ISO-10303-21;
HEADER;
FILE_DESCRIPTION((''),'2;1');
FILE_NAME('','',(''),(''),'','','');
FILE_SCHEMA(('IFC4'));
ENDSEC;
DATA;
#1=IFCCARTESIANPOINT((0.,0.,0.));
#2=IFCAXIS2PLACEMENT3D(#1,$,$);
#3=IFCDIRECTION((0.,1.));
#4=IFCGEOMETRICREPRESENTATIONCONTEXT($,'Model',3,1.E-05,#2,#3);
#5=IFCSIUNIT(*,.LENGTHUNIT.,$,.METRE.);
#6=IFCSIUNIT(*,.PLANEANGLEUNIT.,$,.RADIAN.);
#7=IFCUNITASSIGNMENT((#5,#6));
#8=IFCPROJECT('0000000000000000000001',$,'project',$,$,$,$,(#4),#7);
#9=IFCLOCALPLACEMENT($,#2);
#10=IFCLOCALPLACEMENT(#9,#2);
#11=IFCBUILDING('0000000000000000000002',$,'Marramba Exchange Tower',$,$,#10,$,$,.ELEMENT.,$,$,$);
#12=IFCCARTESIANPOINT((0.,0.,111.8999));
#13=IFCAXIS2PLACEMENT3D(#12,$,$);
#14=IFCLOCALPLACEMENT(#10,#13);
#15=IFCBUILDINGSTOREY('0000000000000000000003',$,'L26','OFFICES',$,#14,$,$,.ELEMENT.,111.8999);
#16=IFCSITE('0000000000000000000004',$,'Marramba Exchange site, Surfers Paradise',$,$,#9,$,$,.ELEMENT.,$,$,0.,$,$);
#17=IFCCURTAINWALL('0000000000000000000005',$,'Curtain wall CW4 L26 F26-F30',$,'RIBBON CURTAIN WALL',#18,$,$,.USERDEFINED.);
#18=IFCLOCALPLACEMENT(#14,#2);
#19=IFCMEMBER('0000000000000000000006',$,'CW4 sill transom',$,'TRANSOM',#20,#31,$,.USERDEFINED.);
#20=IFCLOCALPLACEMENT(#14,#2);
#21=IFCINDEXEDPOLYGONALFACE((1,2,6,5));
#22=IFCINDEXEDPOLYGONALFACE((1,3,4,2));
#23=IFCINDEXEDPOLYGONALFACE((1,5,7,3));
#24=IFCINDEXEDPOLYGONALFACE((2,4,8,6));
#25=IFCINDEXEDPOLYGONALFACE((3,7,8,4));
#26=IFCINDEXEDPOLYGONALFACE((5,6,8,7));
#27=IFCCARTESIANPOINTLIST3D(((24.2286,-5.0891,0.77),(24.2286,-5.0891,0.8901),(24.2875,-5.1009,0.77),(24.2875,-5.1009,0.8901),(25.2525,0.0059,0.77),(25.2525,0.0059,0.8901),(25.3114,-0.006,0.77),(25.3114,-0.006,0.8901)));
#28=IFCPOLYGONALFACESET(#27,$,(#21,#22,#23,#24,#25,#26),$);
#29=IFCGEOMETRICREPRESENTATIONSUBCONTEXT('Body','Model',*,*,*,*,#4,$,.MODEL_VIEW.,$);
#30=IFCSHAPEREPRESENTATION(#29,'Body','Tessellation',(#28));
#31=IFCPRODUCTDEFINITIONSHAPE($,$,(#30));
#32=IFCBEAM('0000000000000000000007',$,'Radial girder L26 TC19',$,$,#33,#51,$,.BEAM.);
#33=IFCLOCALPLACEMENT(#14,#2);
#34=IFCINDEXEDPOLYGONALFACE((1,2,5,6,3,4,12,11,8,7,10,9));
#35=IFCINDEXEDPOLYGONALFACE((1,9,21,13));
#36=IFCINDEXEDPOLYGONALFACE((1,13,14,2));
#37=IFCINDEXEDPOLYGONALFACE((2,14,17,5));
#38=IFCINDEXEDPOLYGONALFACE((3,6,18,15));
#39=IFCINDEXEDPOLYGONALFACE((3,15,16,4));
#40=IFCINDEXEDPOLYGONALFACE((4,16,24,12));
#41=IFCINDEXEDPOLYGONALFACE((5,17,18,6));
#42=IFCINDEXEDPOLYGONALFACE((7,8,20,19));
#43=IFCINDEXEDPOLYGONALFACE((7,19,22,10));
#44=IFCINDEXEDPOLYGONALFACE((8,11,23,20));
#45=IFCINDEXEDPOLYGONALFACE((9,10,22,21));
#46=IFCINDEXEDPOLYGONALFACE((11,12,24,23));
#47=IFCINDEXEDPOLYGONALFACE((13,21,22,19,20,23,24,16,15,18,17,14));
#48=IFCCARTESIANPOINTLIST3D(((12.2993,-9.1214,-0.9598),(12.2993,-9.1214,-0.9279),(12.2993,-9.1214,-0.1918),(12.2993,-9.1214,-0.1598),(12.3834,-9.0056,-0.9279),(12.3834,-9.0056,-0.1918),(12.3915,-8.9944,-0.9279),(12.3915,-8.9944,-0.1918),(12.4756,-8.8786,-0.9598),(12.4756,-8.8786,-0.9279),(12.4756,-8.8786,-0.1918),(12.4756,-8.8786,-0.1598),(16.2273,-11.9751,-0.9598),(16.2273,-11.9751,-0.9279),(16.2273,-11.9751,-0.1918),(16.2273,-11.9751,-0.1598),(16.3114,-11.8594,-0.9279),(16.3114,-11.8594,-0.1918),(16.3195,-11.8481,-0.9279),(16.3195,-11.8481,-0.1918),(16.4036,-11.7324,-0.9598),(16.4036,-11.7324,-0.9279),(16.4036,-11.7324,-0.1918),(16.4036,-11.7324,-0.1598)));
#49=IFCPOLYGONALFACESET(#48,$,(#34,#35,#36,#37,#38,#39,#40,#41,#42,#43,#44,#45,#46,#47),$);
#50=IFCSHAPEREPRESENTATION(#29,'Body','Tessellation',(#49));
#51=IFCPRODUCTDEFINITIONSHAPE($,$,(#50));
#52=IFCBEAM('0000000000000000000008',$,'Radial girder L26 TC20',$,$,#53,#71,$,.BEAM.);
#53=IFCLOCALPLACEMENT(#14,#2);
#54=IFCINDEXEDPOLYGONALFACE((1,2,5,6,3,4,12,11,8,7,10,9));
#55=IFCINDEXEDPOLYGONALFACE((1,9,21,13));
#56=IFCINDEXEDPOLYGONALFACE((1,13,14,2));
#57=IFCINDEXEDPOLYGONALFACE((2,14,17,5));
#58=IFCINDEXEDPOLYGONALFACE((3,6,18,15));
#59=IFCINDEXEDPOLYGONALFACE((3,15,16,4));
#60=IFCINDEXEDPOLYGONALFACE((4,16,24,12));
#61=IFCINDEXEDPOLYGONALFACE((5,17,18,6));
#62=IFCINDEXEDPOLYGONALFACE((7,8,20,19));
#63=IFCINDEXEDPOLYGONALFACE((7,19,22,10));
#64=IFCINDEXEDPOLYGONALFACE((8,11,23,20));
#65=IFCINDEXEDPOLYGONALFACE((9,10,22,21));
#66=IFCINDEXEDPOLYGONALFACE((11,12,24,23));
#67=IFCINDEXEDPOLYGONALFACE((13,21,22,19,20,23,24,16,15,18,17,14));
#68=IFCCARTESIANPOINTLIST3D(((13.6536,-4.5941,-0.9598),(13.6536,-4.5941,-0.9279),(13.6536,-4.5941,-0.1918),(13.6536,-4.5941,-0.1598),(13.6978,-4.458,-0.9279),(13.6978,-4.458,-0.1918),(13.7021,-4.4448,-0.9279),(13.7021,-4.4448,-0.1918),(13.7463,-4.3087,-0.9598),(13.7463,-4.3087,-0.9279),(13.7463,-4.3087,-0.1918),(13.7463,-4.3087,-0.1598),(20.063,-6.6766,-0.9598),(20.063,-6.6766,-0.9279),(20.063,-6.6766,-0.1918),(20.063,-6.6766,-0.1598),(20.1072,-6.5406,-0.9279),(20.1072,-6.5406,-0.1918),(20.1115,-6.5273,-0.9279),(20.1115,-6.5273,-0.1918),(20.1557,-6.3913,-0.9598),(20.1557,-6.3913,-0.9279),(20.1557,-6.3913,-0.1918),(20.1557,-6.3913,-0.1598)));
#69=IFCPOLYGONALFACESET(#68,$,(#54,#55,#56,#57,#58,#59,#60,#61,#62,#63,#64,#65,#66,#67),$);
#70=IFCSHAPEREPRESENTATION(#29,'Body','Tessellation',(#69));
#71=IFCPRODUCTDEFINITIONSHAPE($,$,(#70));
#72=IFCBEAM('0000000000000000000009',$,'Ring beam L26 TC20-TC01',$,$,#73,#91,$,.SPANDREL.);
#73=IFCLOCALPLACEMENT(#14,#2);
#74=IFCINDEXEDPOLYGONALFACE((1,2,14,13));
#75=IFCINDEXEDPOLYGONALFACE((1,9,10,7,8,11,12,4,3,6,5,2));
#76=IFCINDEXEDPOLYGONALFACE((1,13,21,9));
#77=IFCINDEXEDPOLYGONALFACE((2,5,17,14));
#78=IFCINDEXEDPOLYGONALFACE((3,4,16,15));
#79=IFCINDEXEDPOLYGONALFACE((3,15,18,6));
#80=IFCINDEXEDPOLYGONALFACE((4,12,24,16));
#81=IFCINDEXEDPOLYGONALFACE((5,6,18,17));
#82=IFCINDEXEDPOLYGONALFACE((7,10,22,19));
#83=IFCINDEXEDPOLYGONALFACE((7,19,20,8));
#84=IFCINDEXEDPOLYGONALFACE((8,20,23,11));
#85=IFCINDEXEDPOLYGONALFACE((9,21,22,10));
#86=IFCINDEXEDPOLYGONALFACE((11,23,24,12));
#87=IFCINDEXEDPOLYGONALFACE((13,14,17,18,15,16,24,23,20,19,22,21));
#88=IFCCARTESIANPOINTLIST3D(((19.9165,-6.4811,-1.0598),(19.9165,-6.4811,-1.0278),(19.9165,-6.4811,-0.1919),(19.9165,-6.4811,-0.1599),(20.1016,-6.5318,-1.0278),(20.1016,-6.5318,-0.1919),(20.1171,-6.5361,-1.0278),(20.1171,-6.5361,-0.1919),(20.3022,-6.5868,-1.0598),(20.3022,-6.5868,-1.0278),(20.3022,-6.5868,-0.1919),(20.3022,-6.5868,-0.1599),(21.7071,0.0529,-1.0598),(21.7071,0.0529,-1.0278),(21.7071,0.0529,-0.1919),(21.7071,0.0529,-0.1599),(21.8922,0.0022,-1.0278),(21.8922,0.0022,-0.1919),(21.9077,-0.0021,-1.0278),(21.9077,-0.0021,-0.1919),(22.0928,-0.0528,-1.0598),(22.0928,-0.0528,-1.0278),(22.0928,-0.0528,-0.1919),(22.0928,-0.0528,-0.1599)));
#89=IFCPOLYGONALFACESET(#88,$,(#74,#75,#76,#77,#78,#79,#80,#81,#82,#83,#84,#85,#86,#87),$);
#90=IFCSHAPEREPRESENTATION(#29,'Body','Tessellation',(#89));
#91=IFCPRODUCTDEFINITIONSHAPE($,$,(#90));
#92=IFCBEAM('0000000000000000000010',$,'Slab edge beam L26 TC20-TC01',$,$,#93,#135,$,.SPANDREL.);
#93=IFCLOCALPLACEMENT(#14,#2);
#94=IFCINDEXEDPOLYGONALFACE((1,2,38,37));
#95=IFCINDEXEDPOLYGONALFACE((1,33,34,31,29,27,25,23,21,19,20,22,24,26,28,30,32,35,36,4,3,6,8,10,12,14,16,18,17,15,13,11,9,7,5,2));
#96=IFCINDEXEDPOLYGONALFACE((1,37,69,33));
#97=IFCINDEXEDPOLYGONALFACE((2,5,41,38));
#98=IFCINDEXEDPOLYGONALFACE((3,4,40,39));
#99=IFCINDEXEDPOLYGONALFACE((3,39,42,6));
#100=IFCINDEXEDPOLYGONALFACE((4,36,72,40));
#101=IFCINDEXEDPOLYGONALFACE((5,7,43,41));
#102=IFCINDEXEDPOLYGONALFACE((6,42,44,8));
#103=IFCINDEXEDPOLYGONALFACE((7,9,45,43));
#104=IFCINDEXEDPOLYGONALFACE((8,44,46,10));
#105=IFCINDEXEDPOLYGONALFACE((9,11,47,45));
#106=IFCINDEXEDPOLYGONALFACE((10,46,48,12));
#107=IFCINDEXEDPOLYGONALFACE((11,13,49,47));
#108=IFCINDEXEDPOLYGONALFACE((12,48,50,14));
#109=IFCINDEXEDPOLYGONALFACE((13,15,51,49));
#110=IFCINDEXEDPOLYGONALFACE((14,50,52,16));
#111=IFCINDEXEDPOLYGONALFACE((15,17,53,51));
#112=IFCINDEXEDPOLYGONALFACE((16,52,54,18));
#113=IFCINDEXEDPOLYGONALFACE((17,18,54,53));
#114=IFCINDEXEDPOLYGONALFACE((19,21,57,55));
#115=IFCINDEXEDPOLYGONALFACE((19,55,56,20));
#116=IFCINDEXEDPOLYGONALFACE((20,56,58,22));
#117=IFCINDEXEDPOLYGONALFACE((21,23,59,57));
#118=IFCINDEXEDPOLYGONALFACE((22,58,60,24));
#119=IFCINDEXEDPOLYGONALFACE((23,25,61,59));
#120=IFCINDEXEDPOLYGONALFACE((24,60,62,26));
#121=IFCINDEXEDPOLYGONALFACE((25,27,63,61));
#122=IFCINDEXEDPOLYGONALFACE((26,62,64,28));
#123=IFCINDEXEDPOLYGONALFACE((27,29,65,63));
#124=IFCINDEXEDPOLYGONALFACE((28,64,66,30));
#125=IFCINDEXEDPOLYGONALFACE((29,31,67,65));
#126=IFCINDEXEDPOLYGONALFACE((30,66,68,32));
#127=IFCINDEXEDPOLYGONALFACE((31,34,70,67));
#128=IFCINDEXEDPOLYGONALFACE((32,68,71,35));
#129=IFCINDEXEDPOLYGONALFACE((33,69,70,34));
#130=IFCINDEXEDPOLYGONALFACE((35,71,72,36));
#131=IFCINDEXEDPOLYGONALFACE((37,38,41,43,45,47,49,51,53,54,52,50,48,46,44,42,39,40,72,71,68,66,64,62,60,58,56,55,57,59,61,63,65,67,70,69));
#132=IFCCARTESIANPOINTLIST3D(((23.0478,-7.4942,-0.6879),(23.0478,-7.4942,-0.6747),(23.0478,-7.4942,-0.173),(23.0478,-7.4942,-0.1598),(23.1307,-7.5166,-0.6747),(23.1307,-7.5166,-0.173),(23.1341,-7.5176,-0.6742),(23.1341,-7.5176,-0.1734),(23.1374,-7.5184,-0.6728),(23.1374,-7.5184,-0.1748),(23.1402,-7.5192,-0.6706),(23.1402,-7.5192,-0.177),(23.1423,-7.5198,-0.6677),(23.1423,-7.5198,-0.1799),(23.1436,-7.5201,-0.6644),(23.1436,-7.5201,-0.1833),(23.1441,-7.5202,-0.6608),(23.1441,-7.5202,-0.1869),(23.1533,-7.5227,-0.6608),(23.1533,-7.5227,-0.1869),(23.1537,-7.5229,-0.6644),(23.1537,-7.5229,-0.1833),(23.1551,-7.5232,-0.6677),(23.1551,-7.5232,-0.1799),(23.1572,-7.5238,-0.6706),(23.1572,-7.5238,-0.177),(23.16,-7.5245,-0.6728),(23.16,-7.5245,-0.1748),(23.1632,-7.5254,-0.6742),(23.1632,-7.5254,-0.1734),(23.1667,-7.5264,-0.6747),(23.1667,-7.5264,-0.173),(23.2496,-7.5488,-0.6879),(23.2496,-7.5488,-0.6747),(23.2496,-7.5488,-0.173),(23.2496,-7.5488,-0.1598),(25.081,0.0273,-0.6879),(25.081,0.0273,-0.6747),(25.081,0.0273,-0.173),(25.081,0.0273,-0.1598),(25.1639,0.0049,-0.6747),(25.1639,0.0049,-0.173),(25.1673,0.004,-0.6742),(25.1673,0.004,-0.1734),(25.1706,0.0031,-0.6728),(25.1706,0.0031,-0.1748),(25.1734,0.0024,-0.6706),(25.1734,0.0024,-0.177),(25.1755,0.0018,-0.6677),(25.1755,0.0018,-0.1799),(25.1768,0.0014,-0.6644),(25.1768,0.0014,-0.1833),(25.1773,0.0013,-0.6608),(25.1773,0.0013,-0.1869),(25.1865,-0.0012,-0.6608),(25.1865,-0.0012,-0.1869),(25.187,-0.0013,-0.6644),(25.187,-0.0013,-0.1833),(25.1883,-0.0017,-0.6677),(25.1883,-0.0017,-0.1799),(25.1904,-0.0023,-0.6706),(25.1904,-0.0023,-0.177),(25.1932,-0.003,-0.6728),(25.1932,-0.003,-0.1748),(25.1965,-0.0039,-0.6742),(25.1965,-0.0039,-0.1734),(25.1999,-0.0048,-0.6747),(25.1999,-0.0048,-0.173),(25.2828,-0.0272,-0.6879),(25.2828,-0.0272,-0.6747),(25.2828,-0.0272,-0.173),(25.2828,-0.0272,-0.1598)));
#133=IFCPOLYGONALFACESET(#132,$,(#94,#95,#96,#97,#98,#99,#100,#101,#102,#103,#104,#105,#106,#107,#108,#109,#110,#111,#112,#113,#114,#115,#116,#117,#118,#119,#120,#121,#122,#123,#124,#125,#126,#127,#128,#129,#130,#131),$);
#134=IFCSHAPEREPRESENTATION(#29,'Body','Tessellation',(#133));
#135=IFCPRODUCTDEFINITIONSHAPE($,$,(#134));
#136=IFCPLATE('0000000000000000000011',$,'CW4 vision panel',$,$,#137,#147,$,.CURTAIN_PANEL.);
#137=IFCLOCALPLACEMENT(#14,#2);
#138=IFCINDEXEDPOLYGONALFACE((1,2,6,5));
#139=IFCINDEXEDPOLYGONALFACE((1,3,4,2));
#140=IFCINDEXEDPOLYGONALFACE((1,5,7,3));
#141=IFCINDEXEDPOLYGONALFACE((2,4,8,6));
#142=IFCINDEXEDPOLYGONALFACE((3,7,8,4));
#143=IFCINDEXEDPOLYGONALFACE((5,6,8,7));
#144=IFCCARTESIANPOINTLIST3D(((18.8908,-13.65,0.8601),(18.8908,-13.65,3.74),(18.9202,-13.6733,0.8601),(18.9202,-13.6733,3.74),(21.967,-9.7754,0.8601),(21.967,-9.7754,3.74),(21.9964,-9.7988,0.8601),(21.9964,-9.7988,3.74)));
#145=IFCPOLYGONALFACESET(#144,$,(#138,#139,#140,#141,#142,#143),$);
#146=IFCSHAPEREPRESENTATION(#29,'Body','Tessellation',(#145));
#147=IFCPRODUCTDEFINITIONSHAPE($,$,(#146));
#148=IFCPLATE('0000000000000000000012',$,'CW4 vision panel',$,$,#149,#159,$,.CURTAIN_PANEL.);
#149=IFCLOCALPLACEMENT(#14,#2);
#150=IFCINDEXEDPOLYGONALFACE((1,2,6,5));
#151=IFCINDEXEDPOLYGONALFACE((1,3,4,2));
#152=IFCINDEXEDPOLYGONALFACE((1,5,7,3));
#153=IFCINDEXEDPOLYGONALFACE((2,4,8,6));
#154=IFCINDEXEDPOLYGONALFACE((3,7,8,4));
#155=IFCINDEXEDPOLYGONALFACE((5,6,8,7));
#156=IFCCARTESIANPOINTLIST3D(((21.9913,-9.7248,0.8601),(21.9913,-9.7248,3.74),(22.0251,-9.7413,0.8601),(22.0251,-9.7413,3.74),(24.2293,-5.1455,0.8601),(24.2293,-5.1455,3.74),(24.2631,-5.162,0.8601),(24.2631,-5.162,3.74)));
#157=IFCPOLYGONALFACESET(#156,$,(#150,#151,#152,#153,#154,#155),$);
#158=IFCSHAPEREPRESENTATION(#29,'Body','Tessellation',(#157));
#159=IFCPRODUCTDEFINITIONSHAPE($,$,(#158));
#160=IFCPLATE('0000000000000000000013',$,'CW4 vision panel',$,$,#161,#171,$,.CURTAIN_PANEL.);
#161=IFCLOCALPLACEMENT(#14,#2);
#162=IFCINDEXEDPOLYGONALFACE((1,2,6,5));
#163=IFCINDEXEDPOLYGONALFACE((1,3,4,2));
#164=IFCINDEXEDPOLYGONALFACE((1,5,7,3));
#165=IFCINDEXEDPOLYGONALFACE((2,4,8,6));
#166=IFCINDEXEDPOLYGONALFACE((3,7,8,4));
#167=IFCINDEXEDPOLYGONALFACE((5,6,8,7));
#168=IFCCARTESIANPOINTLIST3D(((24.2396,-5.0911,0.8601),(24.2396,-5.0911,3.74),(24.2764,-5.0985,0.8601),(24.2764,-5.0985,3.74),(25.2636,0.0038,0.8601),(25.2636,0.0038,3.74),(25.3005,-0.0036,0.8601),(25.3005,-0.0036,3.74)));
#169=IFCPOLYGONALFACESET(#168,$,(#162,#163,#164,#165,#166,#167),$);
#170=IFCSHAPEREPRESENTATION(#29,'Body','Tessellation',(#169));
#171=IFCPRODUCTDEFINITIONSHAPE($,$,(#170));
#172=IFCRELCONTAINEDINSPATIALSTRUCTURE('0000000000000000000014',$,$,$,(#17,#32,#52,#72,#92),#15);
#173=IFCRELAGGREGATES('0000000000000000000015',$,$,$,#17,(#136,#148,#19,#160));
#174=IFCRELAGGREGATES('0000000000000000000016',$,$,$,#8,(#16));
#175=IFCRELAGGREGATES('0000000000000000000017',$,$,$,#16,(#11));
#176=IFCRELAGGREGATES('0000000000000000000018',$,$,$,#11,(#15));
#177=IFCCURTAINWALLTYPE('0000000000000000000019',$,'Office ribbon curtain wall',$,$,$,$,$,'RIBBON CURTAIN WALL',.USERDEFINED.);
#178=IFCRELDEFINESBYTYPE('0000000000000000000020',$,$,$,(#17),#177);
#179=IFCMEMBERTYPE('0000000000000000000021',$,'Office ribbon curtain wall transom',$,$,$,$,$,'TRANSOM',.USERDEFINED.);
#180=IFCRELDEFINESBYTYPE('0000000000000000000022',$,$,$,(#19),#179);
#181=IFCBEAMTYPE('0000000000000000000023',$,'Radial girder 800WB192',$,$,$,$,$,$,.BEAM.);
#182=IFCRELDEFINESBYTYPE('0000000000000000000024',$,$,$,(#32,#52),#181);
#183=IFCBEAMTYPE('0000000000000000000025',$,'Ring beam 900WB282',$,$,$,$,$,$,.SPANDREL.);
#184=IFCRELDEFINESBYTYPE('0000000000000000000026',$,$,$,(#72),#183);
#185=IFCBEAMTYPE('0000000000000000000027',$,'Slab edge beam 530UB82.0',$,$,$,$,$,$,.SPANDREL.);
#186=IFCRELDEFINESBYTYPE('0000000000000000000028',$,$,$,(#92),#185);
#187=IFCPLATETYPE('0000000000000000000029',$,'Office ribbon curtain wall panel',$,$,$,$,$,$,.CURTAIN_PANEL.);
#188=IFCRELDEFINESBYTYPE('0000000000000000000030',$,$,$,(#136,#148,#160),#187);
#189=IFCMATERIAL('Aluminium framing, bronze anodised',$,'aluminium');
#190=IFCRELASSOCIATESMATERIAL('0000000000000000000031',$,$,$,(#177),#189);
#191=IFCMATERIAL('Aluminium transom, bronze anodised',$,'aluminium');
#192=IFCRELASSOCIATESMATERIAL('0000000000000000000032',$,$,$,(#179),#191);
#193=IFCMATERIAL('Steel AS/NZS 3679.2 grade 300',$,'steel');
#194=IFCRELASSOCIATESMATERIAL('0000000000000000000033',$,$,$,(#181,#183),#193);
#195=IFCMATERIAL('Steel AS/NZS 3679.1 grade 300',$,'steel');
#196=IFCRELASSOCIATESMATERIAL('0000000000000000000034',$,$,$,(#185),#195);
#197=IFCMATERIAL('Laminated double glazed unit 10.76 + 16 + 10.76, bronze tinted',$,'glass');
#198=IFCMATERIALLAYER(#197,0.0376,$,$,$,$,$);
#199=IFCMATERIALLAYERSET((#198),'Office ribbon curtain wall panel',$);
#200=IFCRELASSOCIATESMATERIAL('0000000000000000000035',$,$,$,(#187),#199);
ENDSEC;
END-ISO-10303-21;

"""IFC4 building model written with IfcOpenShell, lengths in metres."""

from ifc_helpers import new_model, si_unit, direction, frame, origin, origin_2d, place, context, subcontext, project, spatial, rectangle, i_section, extrude, material, layer, layer_set, material_profile, profile_set, type_object, element, aggregate, save


model = new_model("IFC4")

# Units and contexts
model_context = context("Model", 3, precision=1e-05, world=origin(), true_north=direction((0.0, 1.0)))
body_context = subcontext(model_context, "Body", "Model", "MODEL_VIEW")
ifc_project = project(units=[si_unit("LENGTHUNIT", "METRE"), si_unit("PLANEANGLEUNIT", "RADIAN")], contexts=[model_context])

# Site, building, storey
site_placement = place(None, origin())
site = spatial("IfcSite", under=ifc_project, at=site_placement, Name="Marramba Exchange site, Surfers Paradise", CompositionType="ELEMENT", RefElevation=0.0)
building_placement = place(site_placement, origin())
building = spatial("IfcBuilding", under=site, at=building_placement, Name="Marramba Exchange Tower", CompositionType="ELEMENT")
storey_placement = place(building_placement, frame((0.0, 0.0, 111.8999)))
storey = spatial("IfcBuildingStorey", under=building, at=storey_placement, Name="L26", Description="OFFICES", CompositionType="ELEMENT", Elevation=111.8999)

# Shared definitions
ifc_material_1 = material(Name="Steel AS/NZS 3679.2 grade 300", Category="steel")
ifc_material_2 = material(Name="Steel AS/NZS 3679.1 grade 300", Category="steel")

# Curtain wall, member
ifc_material_3 = material(Name="Aluminium framing, bronze anodised", Category="aluminium")
curtain_wall_type = type_object("IfcCurtainWallType", Name="Office ribbon curtain wall", ElementType="RIBBON CURTAIN WALL", PredefinedType="USERDEFINED", material=ifc_material_3)
curtain_wall_placement = place(storey_placement, origin())
curtain_wall = element("IfcCurtainWall", 1, at=curtain_wall_placement, inside=storey, type_object=curtain_wall_type, Name="Curtain wall CW4 L26 F26-F30", ObjectType="RIBBON CURTAIN WALL", PredefinedType="USERDEFINED")
ifc_material_4 = material(Name="Aluminium transom, bronze anodised", Category="aluminium")
ifc_material_profile_1 = material_profile(ifc_material_4, rectangle(XDim=0.0601, YDim=0.1201, at=origin_2d()), Name="CW4 transom 60x120")
ifc_profile_set_1 = profile_set([ifc_material_profile_1], Name="Aluminium transom, bronze anodised")
member_type_1 = type_object("IfcMemberType", Name="Office ribbon curtain wall transom", ElementType="TRANSOM", PredefinedType="USERDEFINED", material=ifc_profile_set_1)
member_1_placement = place(storey_placement, frame((24.2581, -5.095, 0.8301), z_axis=(0.197029, 0.980398, 0.0), x_axis=(-0.980398, 0.197029, 0.0)))
member_1 = element("IfcMember", 2, at=member_1_placement, type_object=member_type_1, Name="CW4 sill transom", ObjectType="TRANSOM", PredefinedType="USERDEFINED", context=body_context, shape_type="SweptSolid", body=[
    extrude(rectangle(XDim=0.0601, YDim=0.1201, at=origin_2d()), origin(), (0.0, 0.0, 1.0), 5.1968),
])

# Beams
ifc_material_profile_2 = material_profile(ifc_material_1, i_section(OverallWidth=0.3, OverallDepth=0.8, WebThickness=0.0139, FlangeThickness=0.032, at=origin_2d()), Name="800WB192")
ifc_profile_set_2 = profile_set([ifc_material_profile_2], Name="Steel AS/NZS 3679.2 grade 300")
beam_type_1 = type_object("IfcBeamType", Name="Radial girder 800WB192", PredefinedType="BEAM", material=ifc_profile_set_2)
beam_1_placement = place(storey_placement, frame((12.3875, -9.0, -0.5598), z_axis=(0.809025, -0.587774, 0.0), x_axis=(0.587774, 0.809025, 0.0)))
element("IfcBeam", 3, at=beam_1_placement, inside=storey, type_object=beam_type_1, Name="Radial girder L26 TC19", PredefinedType="BEAM", context=body_context, shape_type="SweptSolid", body=[
    extrude(i_section(OverallWidth=0.3, OverallDepth=0.8, WebThickness=0.0139, FlangeThickness=0.032, at=origin_2d()), origin(), (0.0, 0.0, 1.0), 4.8552),
])
beam_2_placement = place(storey_placement, frame((13.7, -4.4514, -0.5598), z_axis=(0.951058, -0.309013, 0.0), x_axis=(0.309013, 0.951058, 0.0)))
element("IfcBeam", 4, at=beam_2_placement, inside=storey, type_object=beam_type_1, Name="Radial girder L26 TC20", PredefinedType="BEAM", context=body_context, shape_type="SweptSolid", body=[
    extrude(i_section(OverallWidth=0.3, OverallDepth=0.8, WebThickness=0.0139, FlangeThickness=0.032, at=origin_2d()), origin(), (0.0, 0.0, 1.0), 6.7393),
])
ifc_material_profile_3 = material_profile(ifc_material_1, i_section(OverallWidth=0.3999, OverallDepth=0.8999, WebThickness=0.0161, FlangeThickness=0.032, at=origin_2d()), Name="900WB282")
ifc_profile_set_3 = profile_set([ifc_material_profile_3], Name="Steel AS/NZS 3679.2 grade 300")
beam_type_2 = type_object("IfcBeamType", Name="Ring beam 900WB282", PredefinedType="SPANDREL", material=ifc_profile_set_3)
beam_3_placement = place(storey_placement, frame((20.1094, -6.5339, -0.6099), z_axis=(0.264291, 0.964443, 0.0), x_axis=(-0.964443, 0.264291, 0.0)))
element("IfcBeam", 5, at=beam_3_placement, inside=storey, type_object=beam_type_2, Name="Ring beam L26 TC20-TC01", PredefinedType="SPANDREL", context=body_context, shape_type="SweptSolid", body=[
    extrude(i_section(OverallWidth=0.3999, OverallDepth=0.8999, WebThickness=0.0161, FlangeThickness=0.032, at=origin_2d()), origin(), (0.0, 0.0, 1.0), 6.7749),
])
ifc_material_profile_4 = material_profile(ifc_material_2, i_section(OverallWidth=0.209, OverallDepth=0.5281, WebThickness=0.0095, FlangeThickness=0.0132, FilletRadius=0.0139, at=origin_2d()), Name="530UB82.0")
ifc_profile_set_4 = profile_set([ifc_material_profile_4], Name="Steel AS/NZS 3679.1 grade 300")
beam_type_3 = type_object("IfcBeamType", Name="Slab edge beam 530UB82.0", PredefinedType="SPANDREL", material=ifc_profile_set_4)
beam_4_placement = place(storey_placement, frame((23.1487, -7.5215, -0.4238), z_axis=(0.260953, 0.965351, 0.0), x_axis=(-0.965351, 0.260953, 0.0)))
element("IfcBeam", 6, at=beam_4_placement, inside=storey, type_object=beam_type_3, Name="Slab edge beam L26 TC20-TC01", PredefinedType="SPANDREL", context=body_context, shape_type="SweptSolid", body=[
    extrude(i_section(OverallWidth=0.209, OverallDepth=0.5281, WebThickness=0.0095, FlangeThickness=0.0132, FilletRadius=0.0139, at=origin_2d()), origin(), (0.0, 0.0, 1.0), 7.7915),
])

# Plates
ifc_material_5 = material(Name="Laminated double glazed unit 10.76 + 16 + 10.76, bronze tinted", Category="glass")
ifc_layer_1 = layer(ifc_material_5, 0.0376)
ifc_layer_set_1 = layer_set([ifc_layer_1], Name="Office ribbon curtain wall panel")
plate_type = type_object("IfcPlateType", Name="Office ribbon curtain wall panel", PredefinedType="CURTAIN_PANEL", material=ifc_layer_set_1)
plate_1_placement = place(storey_placement, frame((20.4436, -11.7244, 0.8601), z_axis=(0.0, 0.0, 1.0), x_axis=(0.621807, 0.78317, 0.0)))
plate_1 = element("IfcPlate", 7, at=plate_1_placement, type_object=plate_type, Name="CW4 vision panel", PredefinedType="CURTAIN_PANEL", context=body_context, shape_type="SweptSolid", body=[
    extrude(rectangle(XDim=4.9473, YDim=0.0376, at=origin_2d()), origin(), (0.0, 0.0, 1.0), 2.8799),
])
plate_2_placement = place(storey_placement, frame((23.1272, -7.4434, 0.8601), z_axis=(0.0, 0.0, 1.0), x_axis=(0.439086, 0.898445, 0.0)))
plate_2 = element("IfcPlate", 8, at=plate_2_placement, type_object=plate_type, Name="CW4 vision panel", PredefinedType="CURTAIN_PANEL", context=body_context, shape_type="SweptSolid", body=[
    extrude(rectangle(XDim=5.0969, YDim=0.0376, at=origin_2d()), origin(), (0.0, 0.0, 1.0), 2.8799),
])
plate_3_placement = place(storey_placement, frame((24.77, -2.5474, 0.8601), z_axis=(0.0, 0.0, 1.0), x_axis=(0.197049, 0.980394, 0.0)))
plate_3 = element("IfcPlate", 9, at=plate_3_placement, type_object=plate_type, Name="CW4 vision panel", PredefinedType="CURTAIN_PANEL", context=body_context, shape_type="SweptSolid", body=[
    extrude(rectangle(XDim=5.1968, YDim=0.0376, at=origin_2d()), origin(), (0.0, 0.0, 1.0), 2.8799),
])
aggregate(curtain_wall, [plate_1, plate_2, member_1, plate_3])

save(model, "model.ifc")
